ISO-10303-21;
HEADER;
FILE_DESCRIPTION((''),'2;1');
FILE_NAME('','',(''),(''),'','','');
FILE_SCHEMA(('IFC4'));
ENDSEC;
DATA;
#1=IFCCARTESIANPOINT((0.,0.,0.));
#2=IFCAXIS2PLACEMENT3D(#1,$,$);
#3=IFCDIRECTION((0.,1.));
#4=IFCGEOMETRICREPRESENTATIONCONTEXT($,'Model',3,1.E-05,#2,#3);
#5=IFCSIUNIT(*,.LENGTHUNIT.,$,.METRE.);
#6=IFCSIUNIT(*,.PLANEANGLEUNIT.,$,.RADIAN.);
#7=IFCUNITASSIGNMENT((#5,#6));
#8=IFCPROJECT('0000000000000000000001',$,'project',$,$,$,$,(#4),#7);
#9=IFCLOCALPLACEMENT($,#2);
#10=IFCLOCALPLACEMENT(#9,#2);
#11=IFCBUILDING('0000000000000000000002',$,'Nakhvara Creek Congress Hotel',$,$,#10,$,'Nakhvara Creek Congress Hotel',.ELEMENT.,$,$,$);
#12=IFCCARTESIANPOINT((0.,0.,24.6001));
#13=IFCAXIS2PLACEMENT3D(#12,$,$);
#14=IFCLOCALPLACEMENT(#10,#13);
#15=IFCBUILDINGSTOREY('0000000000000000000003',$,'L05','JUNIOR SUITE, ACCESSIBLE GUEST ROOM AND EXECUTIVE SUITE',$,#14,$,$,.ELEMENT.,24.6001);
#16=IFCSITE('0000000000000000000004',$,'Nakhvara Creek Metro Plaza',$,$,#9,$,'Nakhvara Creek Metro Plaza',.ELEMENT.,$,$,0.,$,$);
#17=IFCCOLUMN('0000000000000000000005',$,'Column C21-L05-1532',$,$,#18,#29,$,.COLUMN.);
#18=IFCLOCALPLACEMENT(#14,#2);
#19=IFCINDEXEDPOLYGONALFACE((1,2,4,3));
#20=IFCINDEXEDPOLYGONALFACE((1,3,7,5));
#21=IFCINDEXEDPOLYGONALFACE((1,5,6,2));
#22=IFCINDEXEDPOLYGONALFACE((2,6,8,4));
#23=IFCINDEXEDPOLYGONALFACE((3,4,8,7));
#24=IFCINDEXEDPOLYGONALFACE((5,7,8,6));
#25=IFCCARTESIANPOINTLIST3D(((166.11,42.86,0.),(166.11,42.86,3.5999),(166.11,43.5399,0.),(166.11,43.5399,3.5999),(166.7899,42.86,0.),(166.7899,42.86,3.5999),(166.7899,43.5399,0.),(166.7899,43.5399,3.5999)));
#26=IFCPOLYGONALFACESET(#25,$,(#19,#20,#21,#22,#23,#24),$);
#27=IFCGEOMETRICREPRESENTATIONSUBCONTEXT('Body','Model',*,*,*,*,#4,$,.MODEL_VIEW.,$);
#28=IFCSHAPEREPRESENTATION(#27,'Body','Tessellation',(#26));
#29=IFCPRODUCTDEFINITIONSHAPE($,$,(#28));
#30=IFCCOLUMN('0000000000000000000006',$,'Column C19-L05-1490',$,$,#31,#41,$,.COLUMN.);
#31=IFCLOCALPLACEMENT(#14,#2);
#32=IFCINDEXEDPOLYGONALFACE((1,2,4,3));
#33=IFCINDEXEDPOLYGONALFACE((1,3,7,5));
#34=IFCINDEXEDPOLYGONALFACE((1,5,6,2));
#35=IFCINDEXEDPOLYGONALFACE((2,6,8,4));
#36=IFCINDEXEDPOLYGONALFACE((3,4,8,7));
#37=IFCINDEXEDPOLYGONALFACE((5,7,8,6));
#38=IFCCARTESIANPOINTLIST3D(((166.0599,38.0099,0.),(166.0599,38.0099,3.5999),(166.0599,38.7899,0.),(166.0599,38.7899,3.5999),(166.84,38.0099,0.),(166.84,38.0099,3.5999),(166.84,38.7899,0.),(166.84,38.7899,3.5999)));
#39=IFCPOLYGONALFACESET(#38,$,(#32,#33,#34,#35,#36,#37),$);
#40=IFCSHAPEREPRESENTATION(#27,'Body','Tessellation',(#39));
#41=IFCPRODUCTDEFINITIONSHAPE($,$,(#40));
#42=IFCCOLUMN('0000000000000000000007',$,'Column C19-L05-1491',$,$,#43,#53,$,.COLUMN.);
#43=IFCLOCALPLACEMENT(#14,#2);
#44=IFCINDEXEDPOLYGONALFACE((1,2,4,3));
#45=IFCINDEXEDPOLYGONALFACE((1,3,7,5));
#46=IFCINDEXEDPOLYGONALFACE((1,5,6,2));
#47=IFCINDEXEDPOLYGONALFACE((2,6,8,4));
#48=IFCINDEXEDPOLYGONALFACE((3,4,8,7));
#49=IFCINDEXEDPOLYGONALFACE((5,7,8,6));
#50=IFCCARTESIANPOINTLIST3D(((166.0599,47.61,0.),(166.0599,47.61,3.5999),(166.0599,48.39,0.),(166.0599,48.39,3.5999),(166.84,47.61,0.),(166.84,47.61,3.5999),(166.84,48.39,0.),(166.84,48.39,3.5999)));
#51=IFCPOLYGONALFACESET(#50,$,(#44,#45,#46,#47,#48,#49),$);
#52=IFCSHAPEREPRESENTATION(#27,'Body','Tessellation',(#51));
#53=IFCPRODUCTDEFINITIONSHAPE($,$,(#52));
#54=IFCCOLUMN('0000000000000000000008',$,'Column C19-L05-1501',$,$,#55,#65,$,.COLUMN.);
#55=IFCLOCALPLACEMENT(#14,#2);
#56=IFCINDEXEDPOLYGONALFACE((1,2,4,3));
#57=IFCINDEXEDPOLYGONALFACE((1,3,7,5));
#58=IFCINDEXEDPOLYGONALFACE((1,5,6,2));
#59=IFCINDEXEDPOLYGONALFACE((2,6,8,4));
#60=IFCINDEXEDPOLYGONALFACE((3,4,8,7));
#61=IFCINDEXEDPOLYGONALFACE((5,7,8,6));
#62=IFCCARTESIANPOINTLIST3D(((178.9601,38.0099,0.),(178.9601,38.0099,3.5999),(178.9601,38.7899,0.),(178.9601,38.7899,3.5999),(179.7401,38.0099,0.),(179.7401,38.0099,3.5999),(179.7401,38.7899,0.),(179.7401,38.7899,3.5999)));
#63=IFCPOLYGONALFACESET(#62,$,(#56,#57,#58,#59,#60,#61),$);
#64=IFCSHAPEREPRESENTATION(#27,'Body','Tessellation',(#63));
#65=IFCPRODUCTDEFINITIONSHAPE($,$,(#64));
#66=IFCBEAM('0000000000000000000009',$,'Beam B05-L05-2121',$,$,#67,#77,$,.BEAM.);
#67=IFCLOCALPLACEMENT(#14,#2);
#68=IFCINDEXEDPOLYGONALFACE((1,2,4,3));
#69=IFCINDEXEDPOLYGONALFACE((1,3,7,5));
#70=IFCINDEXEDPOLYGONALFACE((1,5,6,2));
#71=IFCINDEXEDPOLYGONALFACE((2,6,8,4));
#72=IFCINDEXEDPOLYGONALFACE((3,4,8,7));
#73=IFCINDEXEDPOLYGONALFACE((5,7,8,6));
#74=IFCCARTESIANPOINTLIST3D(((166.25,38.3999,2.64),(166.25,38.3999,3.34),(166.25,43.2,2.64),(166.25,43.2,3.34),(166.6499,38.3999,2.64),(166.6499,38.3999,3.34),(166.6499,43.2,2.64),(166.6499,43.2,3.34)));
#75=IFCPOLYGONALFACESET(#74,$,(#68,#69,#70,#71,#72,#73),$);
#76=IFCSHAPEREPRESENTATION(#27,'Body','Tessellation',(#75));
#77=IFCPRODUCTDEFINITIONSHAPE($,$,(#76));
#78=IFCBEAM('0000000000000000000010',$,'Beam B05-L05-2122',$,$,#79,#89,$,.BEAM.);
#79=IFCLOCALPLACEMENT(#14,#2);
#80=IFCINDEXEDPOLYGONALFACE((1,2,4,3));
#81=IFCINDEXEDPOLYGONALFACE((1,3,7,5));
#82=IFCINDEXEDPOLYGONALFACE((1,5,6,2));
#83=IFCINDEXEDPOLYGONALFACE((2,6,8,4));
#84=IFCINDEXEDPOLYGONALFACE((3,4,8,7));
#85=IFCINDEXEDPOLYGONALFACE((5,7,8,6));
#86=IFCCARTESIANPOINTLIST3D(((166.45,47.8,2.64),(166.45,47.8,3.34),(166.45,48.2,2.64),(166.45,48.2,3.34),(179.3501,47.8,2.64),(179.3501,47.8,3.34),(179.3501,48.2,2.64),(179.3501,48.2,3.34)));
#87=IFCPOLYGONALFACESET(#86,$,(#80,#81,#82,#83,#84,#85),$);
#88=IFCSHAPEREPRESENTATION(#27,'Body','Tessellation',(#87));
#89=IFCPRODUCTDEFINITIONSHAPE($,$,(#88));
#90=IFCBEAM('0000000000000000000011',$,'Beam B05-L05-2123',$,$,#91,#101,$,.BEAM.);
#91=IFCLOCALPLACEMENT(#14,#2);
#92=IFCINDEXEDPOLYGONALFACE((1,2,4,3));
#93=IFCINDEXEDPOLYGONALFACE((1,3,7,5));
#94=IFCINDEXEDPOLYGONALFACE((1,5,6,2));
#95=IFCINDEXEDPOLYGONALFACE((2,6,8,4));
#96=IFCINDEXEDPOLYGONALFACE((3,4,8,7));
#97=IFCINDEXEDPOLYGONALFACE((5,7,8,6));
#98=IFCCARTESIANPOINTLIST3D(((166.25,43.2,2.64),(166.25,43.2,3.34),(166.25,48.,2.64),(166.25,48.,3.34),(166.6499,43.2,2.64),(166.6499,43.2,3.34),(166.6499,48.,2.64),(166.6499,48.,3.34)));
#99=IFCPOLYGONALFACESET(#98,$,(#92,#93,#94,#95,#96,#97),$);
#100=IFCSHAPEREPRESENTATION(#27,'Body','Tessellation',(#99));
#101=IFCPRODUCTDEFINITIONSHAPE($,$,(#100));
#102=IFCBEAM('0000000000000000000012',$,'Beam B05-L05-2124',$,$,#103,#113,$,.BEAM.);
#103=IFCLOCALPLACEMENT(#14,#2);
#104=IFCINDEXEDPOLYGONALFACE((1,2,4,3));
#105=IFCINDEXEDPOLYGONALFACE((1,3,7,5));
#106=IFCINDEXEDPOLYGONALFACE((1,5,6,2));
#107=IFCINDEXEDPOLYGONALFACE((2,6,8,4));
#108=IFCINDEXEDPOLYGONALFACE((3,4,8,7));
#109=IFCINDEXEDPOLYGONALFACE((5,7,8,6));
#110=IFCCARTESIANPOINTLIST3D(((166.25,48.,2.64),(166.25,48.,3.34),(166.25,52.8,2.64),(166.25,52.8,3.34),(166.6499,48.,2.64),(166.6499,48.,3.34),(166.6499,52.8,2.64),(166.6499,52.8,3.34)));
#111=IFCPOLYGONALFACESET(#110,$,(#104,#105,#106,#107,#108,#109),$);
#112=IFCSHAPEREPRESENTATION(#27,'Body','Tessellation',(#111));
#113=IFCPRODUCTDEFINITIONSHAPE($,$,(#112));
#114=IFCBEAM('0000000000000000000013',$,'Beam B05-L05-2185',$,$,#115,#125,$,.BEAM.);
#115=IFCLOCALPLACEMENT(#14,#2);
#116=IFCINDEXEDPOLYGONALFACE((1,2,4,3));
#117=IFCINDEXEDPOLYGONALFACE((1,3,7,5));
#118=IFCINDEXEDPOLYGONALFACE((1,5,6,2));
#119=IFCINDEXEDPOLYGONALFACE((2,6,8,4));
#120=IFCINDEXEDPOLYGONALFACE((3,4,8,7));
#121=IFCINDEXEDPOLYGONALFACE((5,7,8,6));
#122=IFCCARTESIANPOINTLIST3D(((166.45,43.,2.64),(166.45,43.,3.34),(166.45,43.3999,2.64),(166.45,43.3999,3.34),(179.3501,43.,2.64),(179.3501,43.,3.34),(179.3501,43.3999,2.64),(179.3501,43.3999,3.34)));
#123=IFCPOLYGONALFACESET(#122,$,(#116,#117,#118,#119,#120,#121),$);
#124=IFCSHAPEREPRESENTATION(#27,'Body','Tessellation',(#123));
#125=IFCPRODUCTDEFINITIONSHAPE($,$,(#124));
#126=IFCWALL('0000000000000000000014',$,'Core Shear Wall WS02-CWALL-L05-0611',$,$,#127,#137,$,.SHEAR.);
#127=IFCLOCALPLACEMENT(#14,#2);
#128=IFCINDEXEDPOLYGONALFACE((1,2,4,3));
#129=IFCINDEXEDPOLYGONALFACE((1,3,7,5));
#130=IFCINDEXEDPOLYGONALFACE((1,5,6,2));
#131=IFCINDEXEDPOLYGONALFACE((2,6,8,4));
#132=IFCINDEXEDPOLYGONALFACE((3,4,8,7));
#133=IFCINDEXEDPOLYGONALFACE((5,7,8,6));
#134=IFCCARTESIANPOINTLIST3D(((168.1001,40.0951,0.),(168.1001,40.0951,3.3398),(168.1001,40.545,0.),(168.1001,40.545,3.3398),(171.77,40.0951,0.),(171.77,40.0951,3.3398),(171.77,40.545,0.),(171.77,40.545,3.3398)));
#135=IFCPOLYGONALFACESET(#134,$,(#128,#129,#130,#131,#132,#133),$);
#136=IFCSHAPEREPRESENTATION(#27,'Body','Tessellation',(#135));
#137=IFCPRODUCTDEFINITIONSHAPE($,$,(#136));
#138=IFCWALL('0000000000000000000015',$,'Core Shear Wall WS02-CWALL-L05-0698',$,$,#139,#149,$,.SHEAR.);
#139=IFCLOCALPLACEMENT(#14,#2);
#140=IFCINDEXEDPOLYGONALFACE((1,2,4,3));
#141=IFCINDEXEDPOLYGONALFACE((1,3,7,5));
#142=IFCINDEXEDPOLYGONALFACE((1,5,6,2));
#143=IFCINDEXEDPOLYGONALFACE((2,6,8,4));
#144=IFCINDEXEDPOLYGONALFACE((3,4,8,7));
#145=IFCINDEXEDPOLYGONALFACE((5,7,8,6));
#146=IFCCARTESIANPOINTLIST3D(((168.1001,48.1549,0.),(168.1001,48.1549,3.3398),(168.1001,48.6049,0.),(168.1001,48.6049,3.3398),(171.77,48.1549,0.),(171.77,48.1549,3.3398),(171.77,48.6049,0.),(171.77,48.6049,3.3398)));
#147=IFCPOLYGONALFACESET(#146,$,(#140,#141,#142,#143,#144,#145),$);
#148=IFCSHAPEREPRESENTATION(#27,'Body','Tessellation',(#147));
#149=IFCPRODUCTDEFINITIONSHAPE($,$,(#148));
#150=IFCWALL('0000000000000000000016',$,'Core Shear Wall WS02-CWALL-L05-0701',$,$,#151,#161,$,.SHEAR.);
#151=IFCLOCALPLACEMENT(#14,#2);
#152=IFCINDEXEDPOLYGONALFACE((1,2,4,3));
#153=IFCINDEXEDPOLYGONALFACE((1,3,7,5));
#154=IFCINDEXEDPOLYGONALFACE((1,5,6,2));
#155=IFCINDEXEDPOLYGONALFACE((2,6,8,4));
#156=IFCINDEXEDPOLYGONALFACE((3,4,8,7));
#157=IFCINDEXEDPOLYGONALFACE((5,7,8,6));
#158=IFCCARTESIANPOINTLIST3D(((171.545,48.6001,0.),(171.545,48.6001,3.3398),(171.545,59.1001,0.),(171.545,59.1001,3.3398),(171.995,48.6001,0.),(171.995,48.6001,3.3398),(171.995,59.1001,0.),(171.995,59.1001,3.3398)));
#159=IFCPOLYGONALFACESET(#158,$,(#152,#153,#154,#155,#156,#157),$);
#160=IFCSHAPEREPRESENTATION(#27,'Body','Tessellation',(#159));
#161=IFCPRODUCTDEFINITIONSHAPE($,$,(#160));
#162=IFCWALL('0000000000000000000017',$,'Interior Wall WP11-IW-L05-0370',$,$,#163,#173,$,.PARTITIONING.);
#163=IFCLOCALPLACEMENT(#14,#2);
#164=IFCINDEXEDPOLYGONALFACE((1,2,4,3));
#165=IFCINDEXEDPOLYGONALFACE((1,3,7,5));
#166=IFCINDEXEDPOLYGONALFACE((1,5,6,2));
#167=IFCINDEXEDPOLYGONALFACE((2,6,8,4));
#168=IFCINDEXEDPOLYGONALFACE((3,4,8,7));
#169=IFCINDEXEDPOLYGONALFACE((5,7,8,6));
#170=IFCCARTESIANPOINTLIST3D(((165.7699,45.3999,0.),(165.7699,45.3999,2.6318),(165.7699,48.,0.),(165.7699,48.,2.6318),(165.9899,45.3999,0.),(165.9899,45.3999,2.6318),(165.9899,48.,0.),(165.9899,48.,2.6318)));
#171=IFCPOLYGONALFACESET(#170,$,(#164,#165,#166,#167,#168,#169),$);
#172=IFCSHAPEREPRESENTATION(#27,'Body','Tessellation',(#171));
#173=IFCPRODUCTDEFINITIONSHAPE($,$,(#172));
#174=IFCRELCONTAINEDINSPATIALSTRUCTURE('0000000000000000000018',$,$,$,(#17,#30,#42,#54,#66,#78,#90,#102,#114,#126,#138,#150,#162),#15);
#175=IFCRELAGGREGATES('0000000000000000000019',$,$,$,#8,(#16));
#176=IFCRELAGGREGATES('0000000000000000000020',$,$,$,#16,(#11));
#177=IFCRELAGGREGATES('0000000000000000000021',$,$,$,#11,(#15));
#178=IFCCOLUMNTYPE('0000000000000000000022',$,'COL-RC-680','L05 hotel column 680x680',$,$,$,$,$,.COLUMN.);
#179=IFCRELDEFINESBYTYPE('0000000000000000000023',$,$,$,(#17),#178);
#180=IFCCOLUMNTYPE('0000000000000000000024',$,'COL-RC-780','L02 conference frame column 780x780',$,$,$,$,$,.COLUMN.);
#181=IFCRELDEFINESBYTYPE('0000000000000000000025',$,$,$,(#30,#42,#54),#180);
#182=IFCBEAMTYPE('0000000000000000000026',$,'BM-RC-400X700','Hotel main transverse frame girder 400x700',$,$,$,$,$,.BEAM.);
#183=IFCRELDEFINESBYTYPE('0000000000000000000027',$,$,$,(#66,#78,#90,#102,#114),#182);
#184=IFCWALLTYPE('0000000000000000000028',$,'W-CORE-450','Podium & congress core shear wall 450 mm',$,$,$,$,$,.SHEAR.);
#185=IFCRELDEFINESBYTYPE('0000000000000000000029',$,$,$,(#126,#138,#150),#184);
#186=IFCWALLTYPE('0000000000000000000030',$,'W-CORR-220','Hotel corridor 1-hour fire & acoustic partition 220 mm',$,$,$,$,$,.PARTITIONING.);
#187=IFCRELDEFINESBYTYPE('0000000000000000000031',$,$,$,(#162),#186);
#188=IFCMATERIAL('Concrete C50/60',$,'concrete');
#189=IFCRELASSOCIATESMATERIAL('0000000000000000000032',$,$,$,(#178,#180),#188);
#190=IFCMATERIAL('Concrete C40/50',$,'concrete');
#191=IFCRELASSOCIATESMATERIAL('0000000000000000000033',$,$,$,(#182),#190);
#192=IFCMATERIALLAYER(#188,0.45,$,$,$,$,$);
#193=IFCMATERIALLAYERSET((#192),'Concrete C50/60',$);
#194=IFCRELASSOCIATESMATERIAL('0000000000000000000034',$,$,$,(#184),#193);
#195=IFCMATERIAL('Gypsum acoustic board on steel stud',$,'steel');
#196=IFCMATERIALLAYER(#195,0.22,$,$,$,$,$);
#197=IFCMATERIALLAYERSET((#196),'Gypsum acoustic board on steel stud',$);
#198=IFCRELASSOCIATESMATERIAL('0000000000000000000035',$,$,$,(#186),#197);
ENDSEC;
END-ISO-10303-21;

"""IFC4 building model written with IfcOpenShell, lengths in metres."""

from ifc_helpers import new_model, si_unit, direction, frame, frame_2d, origin, origin_2d, place, context, subcontext, project, spatial, rectangle, extrude, material, layer, layer_set, material_profile, profile_set, type_object, element, save


model = new_model("IFC4")

# Units and contexts
model_context = context("Model", 3, precision=1e-05, world=origin(), true_north=direction((0.0, 1.0)))
body_context = subcontext(model_context, "Body", "Model", "MODEL_VIEW")
ifc_project = project(units=[si_unit("LENGTHUNIT", "METRE"), si_unit("PLANEANGLEUNIT", "RADIAN")], contexts=[model_context])

# Site, building, storey
site_placement = place(None, origin())
site = spatial("IfcSite", under=ifc_project, at=site_placement, Name="Nakhvara Creek Metro Plaza", LongName="Nakhvara Creek Metro Plaza", CompositionType="ELEMENT", RefElevation=0.0)
building_placement = place(site_placement, origin())
building = spatial("IfcBuilding", under=site, at=building_placement, Name="Nakhvara Creek Congress Hotel", LongName="Nakhvara Creek Congress Hotel", CompositionType="ELEMENT")
storey_placement = place(building_placement, frame((0.0, 0.0, 24.6001)))
storey = spatial("IfcBuildingStorey", under=building, at=storey_placement, Name="L05", Description="JUNIOR SUITE, ACCESSIBLE GUEST ROOM AND EXECUTIVE SUITE", CompositionType="ELEMENT", Elevation=24.6001)

# Columns
ifc_material_1 = material(Name="Concrete C50/60", Category="concrete")
ifc_material_profile_1 = material_profile(ifc_material_1, rectangle(XDim=0.6799, YDim=0.6799, at=origin_2d()), Name="RC-COL 680x680", Category="LoadBearing")
ifc_profile_set_1 = profile_set([ifc_material_profile_1], Name="Concrete C50/60")
column_type_1 = type_object("IfcColumnType", Name="COL-RC-680", Description="L05 hotel column 680x680", PredefinedType="COLUMN", material=ifc_profile_set_1)
column_placement = place(storey_placement, frame((166.45, 43.2, 0.0), z_axis=(0.0, 0.0, 1.0), x_axis=(1.0, 0.0, 0.0)))
element("IfcColumn", 1, at=column_placement, inside=storey, type_object=column_type_1, Name="Column C21-L05-1532", PredefinedType="COLUMN", context=body_context, shape_type="SweptSolid", body=[
    extrude(rectangle(XDim=0.6799, YDim=0.6799, at=origin_2d()), origin(), (0.0, 0.0, 1.0), 3.5999),
])
ifc_material_profile_2 = material_profile(ifc_material_1, rectangle(XDim=0.78, YDim=0.78, at=origin_2d()), Name="RC-COL 780x780", Category="LoadBearing")
ifc_profile_set_2 = profile_set([ifc_material_profile_2], Name="Concrete C50/60")
column_type_2 = type_object("IfcColumnType", Name="COL-RC-780", Description="L02 conference frame column 780x780", PredefinedType="COLUMN", material=ifc_profile_set_2)
for number, where, z_axis, x_axis, name in (
    (2, (166.45, 38.3999, 0.0), (0.0, 0.0, 1.0), (1.0, 0.0, 0.0), "Column C19-L05-1490"),
    (3, (166.45, 48.0, 0.0), (0.0, 0.0, 1.0), (1.0, 0.0, 0.0), "Column C19-L05-1491"),
    (4, (179.3501, 38.3999, 0.0), (0.0, 0.0, 1.0), (1.0, 0.0, 0.0), "Column C19-L05-1501"),
):
    element("IfcColumn", number, at=place(storey_placement, frame(where, z_axis=z_axis, x_axis=x_axis)), inside=storey, type_object=column_type_2, Name=name, PredefinedType="COLUMN", context=body_context, shape_type="SweptSolid", body=[
        extrude(rectangle(XDim=0.78, YDim=0.78, at=origin_2d()), origin(), (0.0, 0.0, 1.0), 3.5999),
    ])

# Beams
ifc_material_2 = material(Name="Concrete C40/50", Category="concrete")
ifc_material_profile_3 = material_profile(ifc_material_2, rectangle(XDim=0.3999, YDim=0.7, at=origin_2d()), Name="RC-BM 400x700", Category="LoadBearing")
ifc_profile_set_3 = profile_set([ifc_material_profile_3], Name="Concrete C40/50")
beam_type = type_object("IfcBeamType", Name="BM-RC-400X700", Description="Hotel main transverse frame girder 400x700", PredefinedType="BEAM", material=ifc_profile_set_3)
beam_1_placement = place(storey_placement, frame((166.45, 38.3999, 2.99), z_axis=(0.0, 1.0, 0.0), x_axis=(-1.0, 0.0, 0.0)))
element("IfcBeam", 5, at=beam_1_placement, inside=storey, type_object=beam_type, Name="Beam B05-L05-2121", PredefinedType="BEAM", context=body_context, shape_type="SweptSolid", body=[
    extrude(rectangle(XDim=0.3999, YDim=0.7, at=origin_2d()), origin(), (0.0, 0.0, 1.0), 4.8),
])
beam_2_placement = place(storey_placement, frame((166.45, 48.0, 2.99), z_axis=(1.0, 0.0, 0.0), x_axis=(0.0, 1.0, 0.0)))
element("IfcBeam", 6, at=beam_2_placement, inside=storey, type_object=beam_type, Name="Beam B05-L05-2122", PredefinedType="BEAM", context=body_context, shape_type="SweptSolid", body=[
    extrude(rectangle(XDim=0.3999, YDim=0.7, at=origin_2d()), origin(), (0.0, 0.0, 1.0), 12.9001),
])
for number, where, z_axis, x_axis, name in (
    (7, (166.45, 43.2, 2.99), (0.0, 1.0, 0.0), (-1.0, 0.0, 0.0), "Beam B05-L05-2123"),
    (8, (166.45, 48.0, 2.99), (0.0, 1.0, 0.0), (-1.0, 0.0, 0.0), "Beam B05-L05-2124"),
):
    element("IfcBeam", number, at=place(storey_placement, frame(where, z_axis=z_axis, x_axis=x_axis)), inside=storey, type_object=beam_type, Name=name, PredefinedType="BEAM", context=body_context, shape_type="SweptSolid", body=[
        extrude(rectangle(XDim=0.3999, YDim=0.7, at=origin_2d()), origin(), (0.0, 0.0, 1.0), 4.8),
    ])
beam_3_placement = place(storey_placement, frame((166.45, 43.2, 2.99), z_axis=(1.0, 0.0, 0.0), x_axis=(0.0, 1.0, 0.0)))
element("IfcBeam", 9, at=beam_3_placement, inside=storey, type_object=beam_type, Name="Beam B05-L05-2185", PredefinedType="BEAM", context=body_context, shape_type="SweptSolid", body=[
    extrude(rectangle(XDim=0.3999, YDim=0.7, at=origin_2d()), origin(), (0.0, 0.0, 1.0), 12.9001),
])

# Walls
ifc_layer_1 = layer(ifc_material_1, 0.45)
ifc_layer_set_1 = layer_set([ifc_layer_1], Name="Concrete C50/60")
wall_type_1 = type_object("IfcWallType", Name="W-CORE-450", Description="Podium & congress core shear wall 450 mm", PredefinedType="SHEAR", material=ifc_layer_set_1)
for number, where, z_axis, x_axis, name in (
    (10, (168.1001, 40.3201, 0.0), (0.0, 0.0, 1.0), (1.0, 0.0, 0.0), "Core Shear Wall WS02-CWALL-L05-0611"),
    (11, (168.1001, 48.3799, 0.0), (0.0, 0.0, 1.0), (1.0, 0.0, 0.0), "Core Shear Wall WS02-CWALL-L05-0698"),
):
    element("IfcWall", number, at=place(storey_placement, frame(where, z_axis=z_axis, x_axis=x_axis)), inside=storey, type_object=wall_type_1, Name=name, PredefinedType="SHEAR", context=body_context, shape_type="SweptSolid", body=[
        extrude(rectangle(XDim=3.6699, YDim=0.45, at=frame_2d((1.835, 0.0))), origin(), (0.0, 0.0, 1.0), 3.3398),
    ])

# Walls
wall_1_placement = place(storey_placement, frame((171.77, 48.6001, 0.0), z_axis=(0.0, 0.0, 1.0), x_axis=(0.0, 1.0, 0.0)))
element("IfcWall", 12, at=wall_1_placement, inside=storey, type_object=wall_type_1, Name="Core Shear Wall WS02-CWALL-L05-0701", PredefinedType="SHEAR", context=body_context, shape_type="SweptSolid", body=[
    extrude(rectangle(XDim=10.5, YDim=0.45, at=frame_2d((5.25, 0.0))), origin(), (0.0, 0.0, 1.0), 3.3398),
])
ifc_material_3 = material(Name="Gypsum acoustic board on steel stud", Category="steel")
ifc_layer_2 = layer(ifc_material_3, 0.22)
ifc_layer_set_2 = layer_set([ifc_layer_2], Name="Gypsum acoustic board on steel stud")
wall_type_2 = type_object("IfcWallType", Name="W-CORR-220", Description="Hotel corridor 1-hour fire & acoustic partition 220 mm", PredefinedType="PARTITIONING", material=ifc_layer_set_2)
wall_2_placement = place(storey_placement, frame((165.8799, 45.3999, 0.0), z_axis=(0.0, 0.0, 1.0), x_axis=(0.0, 1.0, 0.0)))
element("IfcWall", 13, at=wall_2_placement, inside=storey, type_object=wall_type_2, Name="Interior Wall WP11-IW-L05-0370", PredefinedType="PARTITIONING", context=body_context, shape_type="SweptSolid", body=[
    extrude(rectangle(XDim=2.6001, YDim=0.22, at=frame_2d((1.3, 0.0))), origin(), (0.0, 0.0, 1.0), 2.6318),
])

save(model, "model.ifc")
